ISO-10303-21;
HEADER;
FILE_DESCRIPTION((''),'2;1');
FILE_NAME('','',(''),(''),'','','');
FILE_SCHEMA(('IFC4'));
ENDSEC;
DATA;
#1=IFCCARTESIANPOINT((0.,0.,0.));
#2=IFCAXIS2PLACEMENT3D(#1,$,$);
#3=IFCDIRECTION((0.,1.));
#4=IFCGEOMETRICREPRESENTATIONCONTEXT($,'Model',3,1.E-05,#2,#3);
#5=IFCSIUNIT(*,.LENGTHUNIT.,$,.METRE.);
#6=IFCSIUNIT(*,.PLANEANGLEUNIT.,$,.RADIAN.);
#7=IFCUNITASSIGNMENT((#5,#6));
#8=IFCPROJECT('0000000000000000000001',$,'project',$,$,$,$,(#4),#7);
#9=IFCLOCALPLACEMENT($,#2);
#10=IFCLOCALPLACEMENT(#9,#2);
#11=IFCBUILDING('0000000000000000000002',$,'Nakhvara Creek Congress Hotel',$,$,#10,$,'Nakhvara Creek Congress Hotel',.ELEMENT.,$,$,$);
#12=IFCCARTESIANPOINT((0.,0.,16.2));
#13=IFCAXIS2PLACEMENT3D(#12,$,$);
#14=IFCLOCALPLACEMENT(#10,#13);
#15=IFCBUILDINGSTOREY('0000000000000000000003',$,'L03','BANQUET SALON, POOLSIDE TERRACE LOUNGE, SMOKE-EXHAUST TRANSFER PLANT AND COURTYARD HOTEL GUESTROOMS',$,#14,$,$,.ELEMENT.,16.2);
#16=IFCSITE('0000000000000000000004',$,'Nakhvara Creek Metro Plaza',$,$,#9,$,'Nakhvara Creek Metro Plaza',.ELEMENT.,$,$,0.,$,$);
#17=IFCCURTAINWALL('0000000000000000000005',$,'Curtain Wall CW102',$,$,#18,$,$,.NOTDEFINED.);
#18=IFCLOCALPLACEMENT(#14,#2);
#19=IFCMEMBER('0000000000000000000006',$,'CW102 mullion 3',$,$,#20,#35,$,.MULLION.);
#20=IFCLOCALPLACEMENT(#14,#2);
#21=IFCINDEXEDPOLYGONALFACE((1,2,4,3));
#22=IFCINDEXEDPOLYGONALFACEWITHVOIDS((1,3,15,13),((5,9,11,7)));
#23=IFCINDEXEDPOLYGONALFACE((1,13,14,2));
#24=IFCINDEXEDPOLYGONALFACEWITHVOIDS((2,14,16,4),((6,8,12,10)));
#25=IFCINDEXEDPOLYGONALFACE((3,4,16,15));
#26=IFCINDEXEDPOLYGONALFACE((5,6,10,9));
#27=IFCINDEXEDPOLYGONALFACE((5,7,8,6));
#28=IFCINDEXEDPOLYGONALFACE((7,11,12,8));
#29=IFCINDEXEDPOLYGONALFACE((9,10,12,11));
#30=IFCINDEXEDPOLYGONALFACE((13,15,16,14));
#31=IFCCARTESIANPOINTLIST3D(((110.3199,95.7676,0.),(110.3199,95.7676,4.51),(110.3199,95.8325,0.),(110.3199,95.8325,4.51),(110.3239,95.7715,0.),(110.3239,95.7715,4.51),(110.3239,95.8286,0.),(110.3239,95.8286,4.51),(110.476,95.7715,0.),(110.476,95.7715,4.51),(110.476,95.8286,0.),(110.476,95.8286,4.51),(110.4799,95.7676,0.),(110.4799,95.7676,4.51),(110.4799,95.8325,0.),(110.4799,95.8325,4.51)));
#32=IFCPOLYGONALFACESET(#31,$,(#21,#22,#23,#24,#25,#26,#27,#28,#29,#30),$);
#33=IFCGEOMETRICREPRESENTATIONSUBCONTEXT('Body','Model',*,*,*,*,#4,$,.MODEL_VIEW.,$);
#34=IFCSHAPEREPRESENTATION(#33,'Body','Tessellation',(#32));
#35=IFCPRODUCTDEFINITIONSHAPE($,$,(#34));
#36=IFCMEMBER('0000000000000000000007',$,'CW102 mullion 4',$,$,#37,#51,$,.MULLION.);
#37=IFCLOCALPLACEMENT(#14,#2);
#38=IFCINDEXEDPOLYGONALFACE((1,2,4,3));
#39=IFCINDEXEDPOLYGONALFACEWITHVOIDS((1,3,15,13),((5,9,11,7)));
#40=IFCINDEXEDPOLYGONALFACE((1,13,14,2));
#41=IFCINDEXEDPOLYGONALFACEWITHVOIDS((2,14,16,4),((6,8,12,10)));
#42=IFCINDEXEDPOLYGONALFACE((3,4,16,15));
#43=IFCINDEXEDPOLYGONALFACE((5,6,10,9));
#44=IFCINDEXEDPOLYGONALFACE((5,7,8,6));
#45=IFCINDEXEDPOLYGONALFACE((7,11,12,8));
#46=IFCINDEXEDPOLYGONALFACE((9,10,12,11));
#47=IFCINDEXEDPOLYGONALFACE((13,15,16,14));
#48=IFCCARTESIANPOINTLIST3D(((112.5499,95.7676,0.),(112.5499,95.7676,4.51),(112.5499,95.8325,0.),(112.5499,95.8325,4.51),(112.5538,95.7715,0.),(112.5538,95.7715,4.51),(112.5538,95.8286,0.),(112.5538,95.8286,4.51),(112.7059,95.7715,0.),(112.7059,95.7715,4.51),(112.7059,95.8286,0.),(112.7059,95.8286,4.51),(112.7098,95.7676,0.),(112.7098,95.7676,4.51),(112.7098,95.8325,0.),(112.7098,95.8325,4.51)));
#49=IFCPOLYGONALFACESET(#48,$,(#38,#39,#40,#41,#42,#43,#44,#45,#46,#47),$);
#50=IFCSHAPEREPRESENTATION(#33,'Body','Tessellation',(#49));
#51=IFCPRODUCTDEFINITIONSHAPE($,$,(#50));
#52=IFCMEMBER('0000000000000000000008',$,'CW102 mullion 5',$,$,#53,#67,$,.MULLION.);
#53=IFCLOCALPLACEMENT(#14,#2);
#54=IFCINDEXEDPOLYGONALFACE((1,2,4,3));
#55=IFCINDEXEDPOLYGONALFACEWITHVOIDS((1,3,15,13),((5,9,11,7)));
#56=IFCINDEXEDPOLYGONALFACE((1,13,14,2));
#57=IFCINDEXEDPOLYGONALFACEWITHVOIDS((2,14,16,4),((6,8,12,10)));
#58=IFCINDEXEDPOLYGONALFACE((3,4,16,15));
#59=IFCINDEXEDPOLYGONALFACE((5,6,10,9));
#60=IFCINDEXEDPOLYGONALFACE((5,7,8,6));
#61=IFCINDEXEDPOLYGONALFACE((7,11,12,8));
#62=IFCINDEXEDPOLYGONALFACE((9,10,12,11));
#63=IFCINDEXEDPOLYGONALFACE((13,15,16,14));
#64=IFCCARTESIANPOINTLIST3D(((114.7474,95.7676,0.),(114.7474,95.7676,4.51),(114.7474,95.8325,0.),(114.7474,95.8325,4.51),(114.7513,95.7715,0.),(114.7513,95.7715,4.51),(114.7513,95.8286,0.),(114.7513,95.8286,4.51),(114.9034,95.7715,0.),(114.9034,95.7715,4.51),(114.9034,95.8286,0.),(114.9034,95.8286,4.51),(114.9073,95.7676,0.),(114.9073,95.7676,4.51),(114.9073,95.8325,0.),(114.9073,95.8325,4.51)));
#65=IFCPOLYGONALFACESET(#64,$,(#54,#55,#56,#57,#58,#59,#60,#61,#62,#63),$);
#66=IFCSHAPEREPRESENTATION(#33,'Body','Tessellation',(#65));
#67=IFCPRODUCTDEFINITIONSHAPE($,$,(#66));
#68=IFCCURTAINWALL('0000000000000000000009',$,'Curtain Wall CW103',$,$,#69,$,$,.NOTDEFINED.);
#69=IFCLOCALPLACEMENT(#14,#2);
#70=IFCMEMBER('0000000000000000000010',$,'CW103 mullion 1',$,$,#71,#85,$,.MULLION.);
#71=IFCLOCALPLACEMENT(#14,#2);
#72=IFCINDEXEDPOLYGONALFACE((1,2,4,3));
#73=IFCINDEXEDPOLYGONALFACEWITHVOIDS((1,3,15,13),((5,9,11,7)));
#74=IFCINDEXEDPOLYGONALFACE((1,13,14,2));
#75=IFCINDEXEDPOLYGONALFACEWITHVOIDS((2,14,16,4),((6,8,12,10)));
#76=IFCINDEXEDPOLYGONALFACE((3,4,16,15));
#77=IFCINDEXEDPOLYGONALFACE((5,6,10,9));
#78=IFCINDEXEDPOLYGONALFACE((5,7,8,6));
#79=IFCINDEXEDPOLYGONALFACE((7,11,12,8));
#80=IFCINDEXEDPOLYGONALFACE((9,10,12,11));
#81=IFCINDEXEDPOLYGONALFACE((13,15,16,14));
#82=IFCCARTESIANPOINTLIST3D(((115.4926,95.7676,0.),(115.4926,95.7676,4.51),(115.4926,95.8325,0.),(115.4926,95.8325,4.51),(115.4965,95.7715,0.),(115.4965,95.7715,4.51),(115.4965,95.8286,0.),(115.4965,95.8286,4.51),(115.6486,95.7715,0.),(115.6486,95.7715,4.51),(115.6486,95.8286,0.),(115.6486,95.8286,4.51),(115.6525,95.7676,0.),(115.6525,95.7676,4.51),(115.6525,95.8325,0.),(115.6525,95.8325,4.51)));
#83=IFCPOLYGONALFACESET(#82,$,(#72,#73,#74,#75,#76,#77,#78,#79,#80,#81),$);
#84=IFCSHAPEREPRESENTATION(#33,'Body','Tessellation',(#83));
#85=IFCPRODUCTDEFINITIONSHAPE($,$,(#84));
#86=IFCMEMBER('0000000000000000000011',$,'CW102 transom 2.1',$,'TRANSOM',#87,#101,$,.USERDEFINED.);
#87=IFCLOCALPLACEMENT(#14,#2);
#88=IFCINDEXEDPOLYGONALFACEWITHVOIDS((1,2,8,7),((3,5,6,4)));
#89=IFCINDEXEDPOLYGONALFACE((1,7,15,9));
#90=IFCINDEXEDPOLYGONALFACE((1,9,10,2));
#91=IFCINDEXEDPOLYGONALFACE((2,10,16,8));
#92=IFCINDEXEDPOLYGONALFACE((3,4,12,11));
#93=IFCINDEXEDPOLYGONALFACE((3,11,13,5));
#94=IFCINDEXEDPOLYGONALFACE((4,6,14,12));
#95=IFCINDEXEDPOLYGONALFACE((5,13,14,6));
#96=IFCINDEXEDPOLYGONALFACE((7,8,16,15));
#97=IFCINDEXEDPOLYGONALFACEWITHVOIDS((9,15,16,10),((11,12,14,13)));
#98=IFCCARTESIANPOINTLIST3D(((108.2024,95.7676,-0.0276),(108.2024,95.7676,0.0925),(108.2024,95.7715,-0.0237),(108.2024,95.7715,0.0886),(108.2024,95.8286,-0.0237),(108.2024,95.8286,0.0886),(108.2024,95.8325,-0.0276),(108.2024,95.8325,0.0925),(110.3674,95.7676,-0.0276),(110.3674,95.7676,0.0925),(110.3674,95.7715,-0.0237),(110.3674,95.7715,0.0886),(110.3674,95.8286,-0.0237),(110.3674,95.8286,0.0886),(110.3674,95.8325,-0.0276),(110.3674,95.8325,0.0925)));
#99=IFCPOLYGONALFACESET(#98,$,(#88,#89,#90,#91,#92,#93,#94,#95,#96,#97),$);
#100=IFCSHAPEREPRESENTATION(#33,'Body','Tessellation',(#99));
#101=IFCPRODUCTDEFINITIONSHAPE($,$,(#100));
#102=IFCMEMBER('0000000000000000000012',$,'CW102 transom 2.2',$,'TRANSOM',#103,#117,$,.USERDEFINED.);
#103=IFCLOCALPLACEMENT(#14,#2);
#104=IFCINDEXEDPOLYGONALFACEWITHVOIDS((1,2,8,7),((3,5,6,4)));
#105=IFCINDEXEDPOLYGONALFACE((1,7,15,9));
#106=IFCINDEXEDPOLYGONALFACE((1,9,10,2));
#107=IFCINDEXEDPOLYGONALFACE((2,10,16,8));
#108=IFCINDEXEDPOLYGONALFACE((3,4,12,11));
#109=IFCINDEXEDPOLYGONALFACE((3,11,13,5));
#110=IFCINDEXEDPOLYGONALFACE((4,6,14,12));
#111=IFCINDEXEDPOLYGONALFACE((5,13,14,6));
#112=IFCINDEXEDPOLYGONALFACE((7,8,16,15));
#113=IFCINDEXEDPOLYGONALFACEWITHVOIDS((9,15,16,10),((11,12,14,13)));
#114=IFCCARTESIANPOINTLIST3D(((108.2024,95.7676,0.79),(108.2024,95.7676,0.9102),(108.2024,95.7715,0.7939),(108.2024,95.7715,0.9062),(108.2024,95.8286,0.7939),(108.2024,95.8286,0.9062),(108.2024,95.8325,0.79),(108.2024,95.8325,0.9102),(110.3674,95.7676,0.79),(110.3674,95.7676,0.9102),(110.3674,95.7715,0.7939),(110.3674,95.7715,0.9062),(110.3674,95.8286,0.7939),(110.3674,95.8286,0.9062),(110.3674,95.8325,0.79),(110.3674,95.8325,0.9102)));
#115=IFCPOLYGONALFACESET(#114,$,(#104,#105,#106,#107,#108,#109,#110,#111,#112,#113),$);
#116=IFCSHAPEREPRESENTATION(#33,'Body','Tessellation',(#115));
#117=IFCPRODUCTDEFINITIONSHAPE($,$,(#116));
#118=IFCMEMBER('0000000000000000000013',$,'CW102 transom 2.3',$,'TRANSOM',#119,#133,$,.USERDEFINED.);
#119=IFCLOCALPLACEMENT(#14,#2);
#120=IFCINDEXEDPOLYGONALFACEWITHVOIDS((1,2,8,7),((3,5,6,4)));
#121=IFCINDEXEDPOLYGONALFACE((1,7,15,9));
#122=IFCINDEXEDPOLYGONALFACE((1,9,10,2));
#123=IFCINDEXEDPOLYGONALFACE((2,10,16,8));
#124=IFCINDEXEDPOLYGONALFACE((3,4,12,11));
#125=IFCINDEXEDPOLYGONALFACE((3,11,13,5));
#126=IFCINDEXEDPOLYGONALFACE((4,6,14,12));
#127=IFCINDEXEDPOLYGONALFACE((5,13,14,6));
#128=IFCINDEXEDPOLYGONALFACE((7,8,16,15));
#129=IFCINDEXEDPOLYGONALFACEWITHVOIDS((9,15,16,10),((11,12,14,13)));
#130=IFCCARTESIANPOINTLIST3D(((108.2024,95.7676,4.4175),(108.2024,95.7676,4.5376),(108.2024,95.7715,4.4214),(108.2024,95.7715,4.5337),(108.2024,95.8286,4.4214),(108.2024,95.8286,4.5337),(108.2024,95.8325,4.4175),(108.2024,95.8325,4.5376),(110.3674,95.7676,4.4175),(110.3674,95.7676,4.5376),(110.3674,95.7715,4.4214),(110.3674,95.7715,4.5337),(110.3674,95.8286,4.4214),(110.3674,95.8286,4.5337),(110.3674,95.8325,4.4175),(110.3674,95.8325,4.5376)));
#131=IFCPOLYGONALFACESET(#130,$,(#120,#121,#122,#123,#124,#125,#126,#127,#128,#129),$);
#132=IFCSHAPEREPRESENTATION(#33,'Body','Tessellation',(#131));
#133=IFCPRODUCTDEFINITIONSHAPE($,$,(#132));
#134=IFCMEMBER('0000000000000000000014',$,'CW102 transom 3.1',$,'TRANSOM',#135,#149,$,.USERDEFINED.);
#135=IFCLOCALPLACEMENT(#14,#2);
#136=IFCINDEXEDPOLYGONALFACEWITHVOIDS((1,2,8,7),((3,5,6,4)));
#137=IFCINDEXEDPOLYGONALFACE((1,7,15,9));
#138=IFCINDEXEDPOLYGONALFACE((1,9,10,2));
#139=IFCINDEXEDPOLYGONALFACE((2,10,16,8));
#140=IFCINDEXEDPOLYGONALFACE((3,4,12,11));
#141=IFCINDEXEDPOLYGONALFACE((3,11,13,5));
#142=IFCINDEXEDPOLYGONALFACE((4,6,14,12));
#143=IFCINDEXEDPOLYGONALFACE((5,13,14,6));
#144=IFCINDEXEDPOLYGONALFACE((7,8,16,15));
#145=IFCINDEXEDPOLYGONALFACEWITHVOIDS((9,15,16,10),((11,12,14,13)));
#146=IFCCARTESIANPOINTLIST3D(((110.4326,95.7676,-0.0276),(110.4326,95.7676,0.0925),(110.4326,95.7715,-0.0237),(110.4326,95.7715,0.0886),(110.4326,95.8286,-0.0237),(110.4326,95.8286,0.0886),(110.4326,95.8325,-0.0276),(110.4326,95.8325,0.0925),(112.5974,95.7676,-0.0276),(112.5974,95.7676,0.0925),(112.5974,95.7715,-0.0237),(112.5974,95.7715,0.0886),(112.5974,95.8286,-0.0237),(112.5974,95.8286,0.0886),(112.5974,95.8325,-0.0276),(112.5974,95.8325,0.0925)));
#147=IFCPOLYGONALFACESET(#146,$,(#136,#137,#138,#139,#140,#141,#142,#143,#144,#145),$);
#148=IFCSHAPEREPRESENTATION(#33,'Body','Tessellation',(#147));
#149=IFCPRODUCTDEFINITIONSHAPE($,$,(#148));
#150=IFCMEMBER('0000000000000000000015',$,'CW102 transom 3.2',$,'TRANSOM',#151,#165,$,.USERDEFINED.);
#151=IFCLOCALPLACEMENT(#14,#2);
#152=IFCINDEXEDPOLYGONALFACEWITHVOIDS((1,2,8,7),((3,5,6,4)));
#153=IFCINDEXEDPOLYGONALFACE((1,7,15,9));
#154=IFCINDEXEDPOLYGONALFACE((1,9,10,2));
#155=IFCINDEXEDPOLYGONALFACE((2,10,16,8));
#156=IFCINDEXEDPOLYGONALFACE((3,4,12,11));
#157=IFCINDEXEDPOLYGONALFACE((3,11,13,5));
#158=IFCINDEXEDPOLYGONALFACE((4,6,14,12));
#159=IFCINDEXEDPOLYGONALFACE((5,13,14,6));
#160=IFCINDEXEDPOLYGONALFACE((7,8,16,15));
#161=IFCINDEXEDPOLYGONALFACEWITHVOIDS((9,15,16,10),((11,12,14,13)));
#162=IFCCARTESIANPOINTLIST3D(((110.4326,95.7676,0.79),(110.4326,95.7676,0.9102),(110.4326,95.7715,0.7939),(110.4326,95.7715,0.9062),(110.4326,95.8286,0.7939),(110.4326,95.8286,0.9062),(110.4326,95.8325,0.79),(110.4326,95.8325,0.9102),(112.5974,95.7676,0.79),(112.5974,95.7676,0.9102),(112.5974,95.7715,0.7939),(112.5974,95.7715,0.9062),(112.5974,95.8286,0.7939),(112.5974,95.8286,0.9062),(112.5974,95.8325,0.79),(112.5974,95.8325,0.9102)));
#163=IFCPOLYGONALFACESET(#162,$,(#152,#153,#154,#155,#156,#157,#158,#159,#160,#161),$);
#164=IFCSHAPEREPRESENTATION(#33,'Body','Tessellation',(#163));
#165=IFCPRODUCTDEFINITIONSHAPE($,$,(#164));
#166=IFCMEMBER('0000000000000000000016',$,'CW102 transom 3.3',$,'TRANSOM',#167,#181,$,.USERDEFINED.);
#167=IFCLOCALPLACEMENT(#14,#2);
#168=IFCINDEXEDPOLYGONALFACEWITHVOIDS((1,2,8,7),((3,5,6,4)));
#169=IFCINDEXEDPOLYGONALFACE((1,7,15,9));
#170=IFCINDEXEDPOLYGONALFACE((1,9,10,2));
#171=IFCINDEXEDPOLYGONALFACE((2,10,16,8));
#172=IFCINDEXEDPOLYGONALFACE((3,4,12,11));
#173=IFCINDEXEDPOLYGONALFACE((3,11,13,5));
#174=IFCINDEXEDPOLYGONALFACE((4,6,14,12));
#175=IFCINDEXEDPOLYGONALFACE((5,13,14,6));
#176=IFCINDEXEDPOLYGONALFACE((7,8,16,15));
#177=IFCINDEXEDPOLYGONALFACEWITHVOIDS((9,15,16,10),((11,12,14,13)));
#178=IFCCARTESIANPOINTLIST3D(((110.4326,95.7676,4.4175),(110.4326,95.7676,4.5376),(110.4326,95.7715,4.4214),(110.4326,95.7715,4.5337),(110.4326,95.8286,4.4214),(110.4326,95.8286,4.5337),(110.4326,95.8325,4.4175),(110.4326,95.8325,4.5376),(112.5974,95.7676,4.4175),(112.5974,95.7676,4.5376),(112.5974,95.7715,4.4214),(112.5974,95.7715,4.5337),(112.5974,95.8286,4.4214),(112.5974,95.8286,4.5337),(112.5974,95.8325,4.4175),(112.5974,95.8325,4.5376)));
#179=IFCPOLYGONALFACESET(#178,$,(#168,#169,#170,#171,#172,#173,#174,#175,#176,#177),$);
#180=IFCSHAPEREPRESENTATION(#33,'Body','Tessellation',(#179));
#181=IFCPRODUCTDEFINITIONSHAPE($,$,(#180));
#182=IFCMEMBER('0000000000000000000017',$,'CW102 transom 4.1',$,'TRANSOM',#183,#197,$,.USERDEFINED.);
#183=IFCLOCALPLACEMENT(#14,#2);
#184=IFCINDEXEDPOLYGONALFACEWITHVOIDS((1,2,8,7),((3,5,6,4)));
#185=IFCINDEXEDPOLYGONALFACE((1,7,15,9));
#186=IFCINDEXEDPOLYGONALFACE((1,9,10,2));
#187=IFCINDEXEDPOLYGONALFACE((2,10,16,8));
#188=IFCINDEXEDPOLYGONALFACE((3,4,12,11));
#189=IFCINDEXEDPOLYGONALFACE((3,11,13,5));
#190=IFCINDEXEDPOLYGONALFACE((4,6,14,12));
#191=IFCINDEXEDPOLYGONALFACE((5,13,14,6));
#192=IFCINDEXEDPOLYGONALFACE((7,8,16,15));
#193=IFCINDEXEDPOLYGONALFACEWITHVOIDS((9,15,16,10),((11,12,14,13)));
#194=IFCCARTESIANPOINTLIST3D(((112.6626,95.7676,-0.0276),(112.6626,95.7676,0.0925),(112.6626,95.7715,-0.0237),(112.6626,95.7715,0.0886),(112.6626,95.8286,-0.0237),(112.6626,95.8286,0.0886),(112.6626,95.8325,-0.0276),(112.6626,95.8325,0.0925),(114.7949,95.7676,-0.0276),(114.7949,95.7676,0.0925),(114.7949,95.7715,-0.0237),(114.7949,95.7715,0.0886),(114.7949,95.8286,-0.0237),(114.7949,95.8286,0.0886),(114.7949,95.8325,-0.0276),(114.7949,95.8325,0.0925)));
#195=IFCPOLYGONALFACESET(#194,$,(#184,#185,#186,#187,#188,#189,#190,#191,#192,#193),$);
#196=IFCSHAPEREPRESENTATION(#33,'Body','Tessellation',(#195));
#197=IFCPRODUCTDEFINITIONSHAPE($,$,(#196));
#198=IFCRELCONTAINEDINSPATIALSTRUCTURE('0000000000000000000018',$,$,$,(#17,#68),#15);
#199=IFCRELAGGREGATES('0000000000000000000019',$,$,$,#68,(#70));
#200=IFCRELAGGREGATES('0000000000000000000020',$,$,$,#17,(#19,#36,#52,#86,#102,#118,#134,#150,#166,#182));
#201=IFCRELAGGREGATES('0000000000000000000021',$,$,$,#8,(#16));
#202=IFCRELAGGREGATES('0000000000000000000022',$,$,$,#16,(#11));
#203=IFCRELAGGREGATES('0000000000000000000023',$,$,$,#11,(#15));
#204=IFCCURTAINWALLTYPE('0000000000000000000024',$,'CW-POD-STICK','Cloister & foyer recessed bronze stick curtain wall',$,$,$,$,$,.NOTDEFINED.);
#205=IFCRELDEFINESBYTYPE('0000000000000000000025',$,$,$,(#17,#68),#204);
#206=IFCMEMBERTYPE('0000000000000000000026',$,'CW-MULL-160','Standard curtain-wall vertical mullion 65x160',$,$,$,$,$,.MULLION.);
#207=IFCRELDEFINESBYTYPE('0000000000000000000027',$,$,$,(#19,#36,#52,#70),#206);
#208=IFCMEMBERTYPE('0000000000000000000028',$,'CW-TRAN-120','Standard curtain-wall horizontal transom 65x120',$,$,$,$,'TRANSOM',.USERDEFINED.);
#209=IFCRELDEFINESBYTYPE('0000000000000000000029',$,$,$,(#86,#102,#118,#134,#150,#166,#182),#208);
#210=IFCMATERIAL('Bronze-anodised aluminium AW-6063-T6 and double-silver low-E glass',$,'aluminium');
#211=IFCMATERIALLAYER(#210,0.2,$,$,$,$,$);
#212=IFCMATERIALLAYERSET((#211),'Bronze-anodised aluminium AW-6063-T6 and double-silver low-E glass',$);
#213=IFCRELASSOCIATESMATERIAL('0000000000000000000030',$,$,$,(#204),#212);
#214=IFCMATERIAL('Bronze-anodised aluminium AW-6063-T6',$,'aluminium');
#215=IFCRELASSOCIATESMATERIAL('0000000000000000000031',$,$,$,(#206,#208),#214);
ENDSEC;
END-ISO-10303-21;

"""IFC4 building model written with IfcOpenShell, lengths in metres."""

from ifc_helpers import new_model, si_unit, direction, frame, origin, origin_2d, place, context, subcontext, project, spatial, hollow_rectangle, extrude, material, layer, layer_set, material_profile, profile_set, type_object, element, aggregate, save


model = new_model("IFC4")

# Units and contexts
model_context = context("Model", 3, precision=1e-05, world=origin(), true_north=direction((0.0, 1.0)))
body_context = subcontext(model_context, "Body", "Model", "MODEL_VIEW")
ifc_project = project(units=[si_unit("LENGTHUNIT", "METRE"), si_unit("PLANEANGLEUNIT", "RADIAN")], contexts=[model_context])

# Site, building, storey
site_placement = place(None, origin())
site = spatial("IfcSite", under=ifc_project, at=site_placement, Name="Nakhvara Creek Metro Plaza", LongName="Nakhvara Creek Metro Plaza", CompositionType="ELEMENT", RefElevation=0.0)
building_placement = place(site_placement, origin())
building = spatial("IfcBuilding", under=site, at=building_placement, Name="Nakhvara Creek Congress Hotel", LongName="Nakhvara Creek Congress Hotel", CompositionType="ELEMENT")
storey_placement = place(building_placement, frame((0.0, 0.0, 16.2)))
storey = spatial("IfcBuildingStorey", under=building, at=storey_placement, Name="L03", Description="BANQUET SALON, POOLSIDE TERRACE LOUNGE, SMOKE-EXHAUST TRANSFER PLANT AND COURTYARD HOTEL GUESTROOMS", CompositionType="ELEMENT", Elevation=16.2)

# Curtain wall, members
ifc_material_1 = material(Name="Bronze-anodised aluminium AW-6063-T6 and double-silver low-E glass", Category="aluminium")
ifc_layer = layer(ifc_material_1, 0.2)
ifc_layer_set = layer_set([ifc_layer], Name="Bronze-anodised aluminium AW-6063-T6 and double-silver low-E glass")
curtain_wall_type = type_object("IfcCurtainWallType", Name="CW-POD-STICK", Description="Cloister & foyer recessed bronze stick curtain wall", PredefinedType="NOTDEFINED", material=ifc_layer_set)
curtain_wall_1_placement = place(storey_placement, origin())
curtain_wall_1 = element("IfcCurtainWall", 1, at=curtain_wall_1_placement, inside=storey, type_object=curtain_wall_type, Name="Curtain Wall CW102", PredefinedType="NOTDEFINED")
ifc_material_2 = material(Name="Bronze-anodised aluminium AW-6063-T6", Category="aluminium")
ifc_material_profile_1 = material_profile(ifc_material_2, hollow_rectangle(XDim=0.0649, YDim=0.1599, WallThickness=0.0039, at=origin_2d()), Name="ALU-MULL 65x160x4", Category="LoadBearing")
ifc_profile_set_1 = profile_set([ifc_material_profile_1], Name="Bronze-anodised aluminium AW-6063-T6")
member_type_1 = type_object("IfcMemberType", Name="CW-MULL-160", Description="Standard curtain-wall vertical mullion 65x160", PredefinedType="MULLION", material=ifc_profile_set_1)
member_1_placement = place(storey_placement, frame((110.3999, 95.8, 0.0), z_axis=(0.0, 0.0, 1.0), x_axis=(0.0, 1.0, 0.0)))
member_1 = element("IfcMember", 2, at=member_1_placement, type_object=member_type_1, Name="CW102 mullion 3", PredefinedType="MULLION", context=body_context, shape_type="SweptSolid", body=[
    extrude(hollow_rectangle(XDim=0.0649, YDim=0.1599, WallThickness=0.0039, at=origin_2d()), origin(), (0.0, 0.0, 1.0), 4.51),
])
member_2_placement = place(storey_placement, frame((112.6299, 95.8, 0.0), z_axis=(0.0, 0.0, 1.0), x_axis=(0.0, 1.0, 0.0)))
member_2 = element("IfcMember", 3, at=member_2_placement, type_object=member_type_1, Name="CW102 mullion 4", PredefinedType="MULLION", context=body_context, shape_type="SweptSolid", body=[
    extrude(hollow_rectangle(XDim=0.0649, YDim=0.1599, WallThickness=0.0039, at=origin_2d()), origin(), (0.0, 0.0, 1.0), 4.51),
])
member_3_placement = place(storey_placement, frame((114.8274, 95.8, 0.0), z_axis=(0.0, 0.0, 1.0), x_axis=(0.0, 1.0, 0.0)))
member_3 = element("IfcMember", 4, at=member_3_placement, type_object=member_type_1, Name="CW102 mullion 5", PredefinedType="MULLION", context=body_context, shape_type="SweptSolid", body=[
    extrude(hollow_rectangle(XDim=0.0649, YDim=0.1599, WallThickness=0.0039, at=origin_2d()), origin(), (0.0, 0.0, 1.0), 4.51),
])

# Curtain wall, member
curtain_wall_2_placement = place(storey_placement, origin())
curtain_wall_2 = element("IfcCurtainWall", 5, at=curtain_wall_2_placement, inside=storey, type_object=curtain_wall_type, Name="Curtain Wall CW103", PredefinedType="NOTDEFINED")
member_4_placement = place(storey_placement, frame((115.5725, 95.8, 0.0), z_axis=(0.0, 0.0, 1.0), x_axis=(0.0, 1.0, 0.0)))
member_4 = element("IfcMember", 6, at=member_4_placement, type_object=member_type_1, Name="CW103 mullion 1", PredefinedType="MULLION", context=body_context, shape_type="SweptSolid", body=[
    extrude(hollow_rectangle(XDim=0.0649, YDim=0.1599, WallThickness=0.0039, at=origin_2d()), origin(), (0.0, 0.0, 1.0), 4.51),
])

# Members
ifc_material_profile_2 = material_profile(ifc_material_2, hollow_rectangle(XDim=0.0649, YDim=0.1201, WallThickness=0.0039, at=origin_2d()), Name="ALU-TRAN 65x120x4", Category="LoadBearing")
ifc_profile_set_2 = profile_set([ifc_material_profile_2], Name="Bronze-anodised aluminium AW-6063-T6")
member_type_2 = type_object("IfcMemberType", Name="CW-TRAN-120", Description="Standard curtain-wall horizontal transom 65x120", ElementType="TRANSOM", PredefinedType="USERDEFINED", material=ifc_profile_set_2)
member_5_placement = place(storey_placement, frame((108.2024, 95.8, 0.0325), z_axis=(1.0, 0.0, 0.0), x_axis=(0.0, 1.0, 0.0)))
member_5 = element("IfcMember", 7, at=member_5_placement, type_object=member_type_2, Name="CW102 transom 2.1", ObjectType="TRANSOM", PredefinedType="USERDEFINED", context=body_context, shape_type="SweptSolid", body=[
    extrude(hollow_rectangle(XDim=0.0649, YDim=0.1201, WallThickness=0.0039, at=origin_2d()), origin(), (0.0, 0.0, 1.0), 2.165),
])
member_6_placement = place(storey_placement, frame((108.2024, 95.8, 0.8501), z_axis=(1.0, 0.0, 0.0), x_axis=(0.0, 1.0, 0.0)))
member_6 = element("IfcMember", 8, at=member_6_placement, type_object=member_type_2, Name="CW102 transom 2.2", ObjectType="TRANSOM", PredefinedType="USERDEFINED", context=body_context, shape_type="SweptSolid", body=[
    extrude(hollow_rectangle(XDim=0.0649, YDim=0.1201, WallThickness=0.0039, at=origin_2d()), origin(), (0.0, 0.0, 1.0), 2.165),
])
member_7_placement = place(storey_placement, frame((108.2024, 95.8, 4.4775), z_axis=(1.0, 0.0, 0.0), x_axis=(0.0, 1.0, 0.0)))
member_7 = element("IfcMember", 9, at=member_7_placement, type_object=member_type_2, Name="CW102 transom 2.3", ObjectType="TRANSOM", PredefinedType="USERDEFINED", context=body_context, shape_type="SweptSolid", body=[
    extrude(hollow_rectangle(XDim=0.0649, YDim=0.1201, WallThickness=0.0039, at=origin_2d()), origin(), (0.0, 0.0, 1.0), 2.165),
])
member_8_placement = place(storey_placement, frame((110.4326, 95.8, 0.0325), z_axis=(1.0, 0.0, 0.0), x_axis=(0.0, 1.0, 0.0)))
member_8 = element("IfcMember", 10, at=member_8_placement, type_object=member_type_2, Name="CW102 transom 3.1", ObjectType="TRANSOM", PredefinedType="USERDEFINED", context=body_context, shape_type="SweptSolid", body=[
    extrude(hollow_rectangle(XDim=0.0649, YDim=0.1201, WallThickness=0.0039, at=origin_2d()), origin(), (0.0, 0.0, 1.0), 2.1648),
])
member_9_placement = place(storey_placement, frame((110.4326, 95.8, 0.8501), z_axis=(1.0, 0.0, 0.0), x_axis=(0.0, 1.0, 0.0)))
member_9 = element("IfcMember", 11, at=member_9_placement, type_object=member_type_2, Name="CW102 transom 3.2", ObjectType="TRANSOM", PredefinedType="USERDEFINED", context=body_context, shape_type="SweptSolid", body=[
    extrude(hollow_rectangle(XDim=0.0649, YDim=0.1201, WallThickness=0.0039, at=origin_2d()), origin(), (0.0, 0.0, 1.0), 2.1648),
])
member_10_placement = place(storey_placement, frame((110.4326, 95.8, 4.4775), z_axis=(1.0, 0.0, 0.0), x_axis=(0.0, 1.0, 0.0)))
member_10 = element("IfcMember", 12, at=member_10_placement, type_object=member_type_2, Name="CW102 transom 3.3", ObjectType="TRANSOM", PredefinedType="USERDEFINED", context=body_context, shape_type="SweptSolid", body=[
    extrude(hollow_rectangle(XDim=0.0649, YDim=0.1201, WallThickness=0.0039, at=origin_2d()), origin(), (0.0, 0.0, 1.0), 2.1648),
])
member_11_placement = place(storey_placement, frame((112.6626, 95.8, 0.0325), z_axis=(1.0, 0.0, 0.0), x_axis=(0.0, 1.0, 0.0)))
member_11 = element("IfcMember", 13, at=member_11_placement, type_object=member_type_2, Name="CW102 transom 4.1", ObjectType="TRANSOM", PredefinedType="USERDEFINED", context=body_context, shape_type="SweptSolid", body=[
    extrude(hollow_rectangle(XDim=0.0649, YDim=0.1201, WallThickness=0.0039, at=origin_2d()), origin(), (0.0, 0.0, 1.0), 2.1323),
])
aggregate(curtain_wall_2, [member_4])

aggregate(curtain_wall_1, [member_1, member_2, member_3, member_5, member_6, member_7, member_8, member_9, member_10, member_11])

save(model, "model.ifc")
